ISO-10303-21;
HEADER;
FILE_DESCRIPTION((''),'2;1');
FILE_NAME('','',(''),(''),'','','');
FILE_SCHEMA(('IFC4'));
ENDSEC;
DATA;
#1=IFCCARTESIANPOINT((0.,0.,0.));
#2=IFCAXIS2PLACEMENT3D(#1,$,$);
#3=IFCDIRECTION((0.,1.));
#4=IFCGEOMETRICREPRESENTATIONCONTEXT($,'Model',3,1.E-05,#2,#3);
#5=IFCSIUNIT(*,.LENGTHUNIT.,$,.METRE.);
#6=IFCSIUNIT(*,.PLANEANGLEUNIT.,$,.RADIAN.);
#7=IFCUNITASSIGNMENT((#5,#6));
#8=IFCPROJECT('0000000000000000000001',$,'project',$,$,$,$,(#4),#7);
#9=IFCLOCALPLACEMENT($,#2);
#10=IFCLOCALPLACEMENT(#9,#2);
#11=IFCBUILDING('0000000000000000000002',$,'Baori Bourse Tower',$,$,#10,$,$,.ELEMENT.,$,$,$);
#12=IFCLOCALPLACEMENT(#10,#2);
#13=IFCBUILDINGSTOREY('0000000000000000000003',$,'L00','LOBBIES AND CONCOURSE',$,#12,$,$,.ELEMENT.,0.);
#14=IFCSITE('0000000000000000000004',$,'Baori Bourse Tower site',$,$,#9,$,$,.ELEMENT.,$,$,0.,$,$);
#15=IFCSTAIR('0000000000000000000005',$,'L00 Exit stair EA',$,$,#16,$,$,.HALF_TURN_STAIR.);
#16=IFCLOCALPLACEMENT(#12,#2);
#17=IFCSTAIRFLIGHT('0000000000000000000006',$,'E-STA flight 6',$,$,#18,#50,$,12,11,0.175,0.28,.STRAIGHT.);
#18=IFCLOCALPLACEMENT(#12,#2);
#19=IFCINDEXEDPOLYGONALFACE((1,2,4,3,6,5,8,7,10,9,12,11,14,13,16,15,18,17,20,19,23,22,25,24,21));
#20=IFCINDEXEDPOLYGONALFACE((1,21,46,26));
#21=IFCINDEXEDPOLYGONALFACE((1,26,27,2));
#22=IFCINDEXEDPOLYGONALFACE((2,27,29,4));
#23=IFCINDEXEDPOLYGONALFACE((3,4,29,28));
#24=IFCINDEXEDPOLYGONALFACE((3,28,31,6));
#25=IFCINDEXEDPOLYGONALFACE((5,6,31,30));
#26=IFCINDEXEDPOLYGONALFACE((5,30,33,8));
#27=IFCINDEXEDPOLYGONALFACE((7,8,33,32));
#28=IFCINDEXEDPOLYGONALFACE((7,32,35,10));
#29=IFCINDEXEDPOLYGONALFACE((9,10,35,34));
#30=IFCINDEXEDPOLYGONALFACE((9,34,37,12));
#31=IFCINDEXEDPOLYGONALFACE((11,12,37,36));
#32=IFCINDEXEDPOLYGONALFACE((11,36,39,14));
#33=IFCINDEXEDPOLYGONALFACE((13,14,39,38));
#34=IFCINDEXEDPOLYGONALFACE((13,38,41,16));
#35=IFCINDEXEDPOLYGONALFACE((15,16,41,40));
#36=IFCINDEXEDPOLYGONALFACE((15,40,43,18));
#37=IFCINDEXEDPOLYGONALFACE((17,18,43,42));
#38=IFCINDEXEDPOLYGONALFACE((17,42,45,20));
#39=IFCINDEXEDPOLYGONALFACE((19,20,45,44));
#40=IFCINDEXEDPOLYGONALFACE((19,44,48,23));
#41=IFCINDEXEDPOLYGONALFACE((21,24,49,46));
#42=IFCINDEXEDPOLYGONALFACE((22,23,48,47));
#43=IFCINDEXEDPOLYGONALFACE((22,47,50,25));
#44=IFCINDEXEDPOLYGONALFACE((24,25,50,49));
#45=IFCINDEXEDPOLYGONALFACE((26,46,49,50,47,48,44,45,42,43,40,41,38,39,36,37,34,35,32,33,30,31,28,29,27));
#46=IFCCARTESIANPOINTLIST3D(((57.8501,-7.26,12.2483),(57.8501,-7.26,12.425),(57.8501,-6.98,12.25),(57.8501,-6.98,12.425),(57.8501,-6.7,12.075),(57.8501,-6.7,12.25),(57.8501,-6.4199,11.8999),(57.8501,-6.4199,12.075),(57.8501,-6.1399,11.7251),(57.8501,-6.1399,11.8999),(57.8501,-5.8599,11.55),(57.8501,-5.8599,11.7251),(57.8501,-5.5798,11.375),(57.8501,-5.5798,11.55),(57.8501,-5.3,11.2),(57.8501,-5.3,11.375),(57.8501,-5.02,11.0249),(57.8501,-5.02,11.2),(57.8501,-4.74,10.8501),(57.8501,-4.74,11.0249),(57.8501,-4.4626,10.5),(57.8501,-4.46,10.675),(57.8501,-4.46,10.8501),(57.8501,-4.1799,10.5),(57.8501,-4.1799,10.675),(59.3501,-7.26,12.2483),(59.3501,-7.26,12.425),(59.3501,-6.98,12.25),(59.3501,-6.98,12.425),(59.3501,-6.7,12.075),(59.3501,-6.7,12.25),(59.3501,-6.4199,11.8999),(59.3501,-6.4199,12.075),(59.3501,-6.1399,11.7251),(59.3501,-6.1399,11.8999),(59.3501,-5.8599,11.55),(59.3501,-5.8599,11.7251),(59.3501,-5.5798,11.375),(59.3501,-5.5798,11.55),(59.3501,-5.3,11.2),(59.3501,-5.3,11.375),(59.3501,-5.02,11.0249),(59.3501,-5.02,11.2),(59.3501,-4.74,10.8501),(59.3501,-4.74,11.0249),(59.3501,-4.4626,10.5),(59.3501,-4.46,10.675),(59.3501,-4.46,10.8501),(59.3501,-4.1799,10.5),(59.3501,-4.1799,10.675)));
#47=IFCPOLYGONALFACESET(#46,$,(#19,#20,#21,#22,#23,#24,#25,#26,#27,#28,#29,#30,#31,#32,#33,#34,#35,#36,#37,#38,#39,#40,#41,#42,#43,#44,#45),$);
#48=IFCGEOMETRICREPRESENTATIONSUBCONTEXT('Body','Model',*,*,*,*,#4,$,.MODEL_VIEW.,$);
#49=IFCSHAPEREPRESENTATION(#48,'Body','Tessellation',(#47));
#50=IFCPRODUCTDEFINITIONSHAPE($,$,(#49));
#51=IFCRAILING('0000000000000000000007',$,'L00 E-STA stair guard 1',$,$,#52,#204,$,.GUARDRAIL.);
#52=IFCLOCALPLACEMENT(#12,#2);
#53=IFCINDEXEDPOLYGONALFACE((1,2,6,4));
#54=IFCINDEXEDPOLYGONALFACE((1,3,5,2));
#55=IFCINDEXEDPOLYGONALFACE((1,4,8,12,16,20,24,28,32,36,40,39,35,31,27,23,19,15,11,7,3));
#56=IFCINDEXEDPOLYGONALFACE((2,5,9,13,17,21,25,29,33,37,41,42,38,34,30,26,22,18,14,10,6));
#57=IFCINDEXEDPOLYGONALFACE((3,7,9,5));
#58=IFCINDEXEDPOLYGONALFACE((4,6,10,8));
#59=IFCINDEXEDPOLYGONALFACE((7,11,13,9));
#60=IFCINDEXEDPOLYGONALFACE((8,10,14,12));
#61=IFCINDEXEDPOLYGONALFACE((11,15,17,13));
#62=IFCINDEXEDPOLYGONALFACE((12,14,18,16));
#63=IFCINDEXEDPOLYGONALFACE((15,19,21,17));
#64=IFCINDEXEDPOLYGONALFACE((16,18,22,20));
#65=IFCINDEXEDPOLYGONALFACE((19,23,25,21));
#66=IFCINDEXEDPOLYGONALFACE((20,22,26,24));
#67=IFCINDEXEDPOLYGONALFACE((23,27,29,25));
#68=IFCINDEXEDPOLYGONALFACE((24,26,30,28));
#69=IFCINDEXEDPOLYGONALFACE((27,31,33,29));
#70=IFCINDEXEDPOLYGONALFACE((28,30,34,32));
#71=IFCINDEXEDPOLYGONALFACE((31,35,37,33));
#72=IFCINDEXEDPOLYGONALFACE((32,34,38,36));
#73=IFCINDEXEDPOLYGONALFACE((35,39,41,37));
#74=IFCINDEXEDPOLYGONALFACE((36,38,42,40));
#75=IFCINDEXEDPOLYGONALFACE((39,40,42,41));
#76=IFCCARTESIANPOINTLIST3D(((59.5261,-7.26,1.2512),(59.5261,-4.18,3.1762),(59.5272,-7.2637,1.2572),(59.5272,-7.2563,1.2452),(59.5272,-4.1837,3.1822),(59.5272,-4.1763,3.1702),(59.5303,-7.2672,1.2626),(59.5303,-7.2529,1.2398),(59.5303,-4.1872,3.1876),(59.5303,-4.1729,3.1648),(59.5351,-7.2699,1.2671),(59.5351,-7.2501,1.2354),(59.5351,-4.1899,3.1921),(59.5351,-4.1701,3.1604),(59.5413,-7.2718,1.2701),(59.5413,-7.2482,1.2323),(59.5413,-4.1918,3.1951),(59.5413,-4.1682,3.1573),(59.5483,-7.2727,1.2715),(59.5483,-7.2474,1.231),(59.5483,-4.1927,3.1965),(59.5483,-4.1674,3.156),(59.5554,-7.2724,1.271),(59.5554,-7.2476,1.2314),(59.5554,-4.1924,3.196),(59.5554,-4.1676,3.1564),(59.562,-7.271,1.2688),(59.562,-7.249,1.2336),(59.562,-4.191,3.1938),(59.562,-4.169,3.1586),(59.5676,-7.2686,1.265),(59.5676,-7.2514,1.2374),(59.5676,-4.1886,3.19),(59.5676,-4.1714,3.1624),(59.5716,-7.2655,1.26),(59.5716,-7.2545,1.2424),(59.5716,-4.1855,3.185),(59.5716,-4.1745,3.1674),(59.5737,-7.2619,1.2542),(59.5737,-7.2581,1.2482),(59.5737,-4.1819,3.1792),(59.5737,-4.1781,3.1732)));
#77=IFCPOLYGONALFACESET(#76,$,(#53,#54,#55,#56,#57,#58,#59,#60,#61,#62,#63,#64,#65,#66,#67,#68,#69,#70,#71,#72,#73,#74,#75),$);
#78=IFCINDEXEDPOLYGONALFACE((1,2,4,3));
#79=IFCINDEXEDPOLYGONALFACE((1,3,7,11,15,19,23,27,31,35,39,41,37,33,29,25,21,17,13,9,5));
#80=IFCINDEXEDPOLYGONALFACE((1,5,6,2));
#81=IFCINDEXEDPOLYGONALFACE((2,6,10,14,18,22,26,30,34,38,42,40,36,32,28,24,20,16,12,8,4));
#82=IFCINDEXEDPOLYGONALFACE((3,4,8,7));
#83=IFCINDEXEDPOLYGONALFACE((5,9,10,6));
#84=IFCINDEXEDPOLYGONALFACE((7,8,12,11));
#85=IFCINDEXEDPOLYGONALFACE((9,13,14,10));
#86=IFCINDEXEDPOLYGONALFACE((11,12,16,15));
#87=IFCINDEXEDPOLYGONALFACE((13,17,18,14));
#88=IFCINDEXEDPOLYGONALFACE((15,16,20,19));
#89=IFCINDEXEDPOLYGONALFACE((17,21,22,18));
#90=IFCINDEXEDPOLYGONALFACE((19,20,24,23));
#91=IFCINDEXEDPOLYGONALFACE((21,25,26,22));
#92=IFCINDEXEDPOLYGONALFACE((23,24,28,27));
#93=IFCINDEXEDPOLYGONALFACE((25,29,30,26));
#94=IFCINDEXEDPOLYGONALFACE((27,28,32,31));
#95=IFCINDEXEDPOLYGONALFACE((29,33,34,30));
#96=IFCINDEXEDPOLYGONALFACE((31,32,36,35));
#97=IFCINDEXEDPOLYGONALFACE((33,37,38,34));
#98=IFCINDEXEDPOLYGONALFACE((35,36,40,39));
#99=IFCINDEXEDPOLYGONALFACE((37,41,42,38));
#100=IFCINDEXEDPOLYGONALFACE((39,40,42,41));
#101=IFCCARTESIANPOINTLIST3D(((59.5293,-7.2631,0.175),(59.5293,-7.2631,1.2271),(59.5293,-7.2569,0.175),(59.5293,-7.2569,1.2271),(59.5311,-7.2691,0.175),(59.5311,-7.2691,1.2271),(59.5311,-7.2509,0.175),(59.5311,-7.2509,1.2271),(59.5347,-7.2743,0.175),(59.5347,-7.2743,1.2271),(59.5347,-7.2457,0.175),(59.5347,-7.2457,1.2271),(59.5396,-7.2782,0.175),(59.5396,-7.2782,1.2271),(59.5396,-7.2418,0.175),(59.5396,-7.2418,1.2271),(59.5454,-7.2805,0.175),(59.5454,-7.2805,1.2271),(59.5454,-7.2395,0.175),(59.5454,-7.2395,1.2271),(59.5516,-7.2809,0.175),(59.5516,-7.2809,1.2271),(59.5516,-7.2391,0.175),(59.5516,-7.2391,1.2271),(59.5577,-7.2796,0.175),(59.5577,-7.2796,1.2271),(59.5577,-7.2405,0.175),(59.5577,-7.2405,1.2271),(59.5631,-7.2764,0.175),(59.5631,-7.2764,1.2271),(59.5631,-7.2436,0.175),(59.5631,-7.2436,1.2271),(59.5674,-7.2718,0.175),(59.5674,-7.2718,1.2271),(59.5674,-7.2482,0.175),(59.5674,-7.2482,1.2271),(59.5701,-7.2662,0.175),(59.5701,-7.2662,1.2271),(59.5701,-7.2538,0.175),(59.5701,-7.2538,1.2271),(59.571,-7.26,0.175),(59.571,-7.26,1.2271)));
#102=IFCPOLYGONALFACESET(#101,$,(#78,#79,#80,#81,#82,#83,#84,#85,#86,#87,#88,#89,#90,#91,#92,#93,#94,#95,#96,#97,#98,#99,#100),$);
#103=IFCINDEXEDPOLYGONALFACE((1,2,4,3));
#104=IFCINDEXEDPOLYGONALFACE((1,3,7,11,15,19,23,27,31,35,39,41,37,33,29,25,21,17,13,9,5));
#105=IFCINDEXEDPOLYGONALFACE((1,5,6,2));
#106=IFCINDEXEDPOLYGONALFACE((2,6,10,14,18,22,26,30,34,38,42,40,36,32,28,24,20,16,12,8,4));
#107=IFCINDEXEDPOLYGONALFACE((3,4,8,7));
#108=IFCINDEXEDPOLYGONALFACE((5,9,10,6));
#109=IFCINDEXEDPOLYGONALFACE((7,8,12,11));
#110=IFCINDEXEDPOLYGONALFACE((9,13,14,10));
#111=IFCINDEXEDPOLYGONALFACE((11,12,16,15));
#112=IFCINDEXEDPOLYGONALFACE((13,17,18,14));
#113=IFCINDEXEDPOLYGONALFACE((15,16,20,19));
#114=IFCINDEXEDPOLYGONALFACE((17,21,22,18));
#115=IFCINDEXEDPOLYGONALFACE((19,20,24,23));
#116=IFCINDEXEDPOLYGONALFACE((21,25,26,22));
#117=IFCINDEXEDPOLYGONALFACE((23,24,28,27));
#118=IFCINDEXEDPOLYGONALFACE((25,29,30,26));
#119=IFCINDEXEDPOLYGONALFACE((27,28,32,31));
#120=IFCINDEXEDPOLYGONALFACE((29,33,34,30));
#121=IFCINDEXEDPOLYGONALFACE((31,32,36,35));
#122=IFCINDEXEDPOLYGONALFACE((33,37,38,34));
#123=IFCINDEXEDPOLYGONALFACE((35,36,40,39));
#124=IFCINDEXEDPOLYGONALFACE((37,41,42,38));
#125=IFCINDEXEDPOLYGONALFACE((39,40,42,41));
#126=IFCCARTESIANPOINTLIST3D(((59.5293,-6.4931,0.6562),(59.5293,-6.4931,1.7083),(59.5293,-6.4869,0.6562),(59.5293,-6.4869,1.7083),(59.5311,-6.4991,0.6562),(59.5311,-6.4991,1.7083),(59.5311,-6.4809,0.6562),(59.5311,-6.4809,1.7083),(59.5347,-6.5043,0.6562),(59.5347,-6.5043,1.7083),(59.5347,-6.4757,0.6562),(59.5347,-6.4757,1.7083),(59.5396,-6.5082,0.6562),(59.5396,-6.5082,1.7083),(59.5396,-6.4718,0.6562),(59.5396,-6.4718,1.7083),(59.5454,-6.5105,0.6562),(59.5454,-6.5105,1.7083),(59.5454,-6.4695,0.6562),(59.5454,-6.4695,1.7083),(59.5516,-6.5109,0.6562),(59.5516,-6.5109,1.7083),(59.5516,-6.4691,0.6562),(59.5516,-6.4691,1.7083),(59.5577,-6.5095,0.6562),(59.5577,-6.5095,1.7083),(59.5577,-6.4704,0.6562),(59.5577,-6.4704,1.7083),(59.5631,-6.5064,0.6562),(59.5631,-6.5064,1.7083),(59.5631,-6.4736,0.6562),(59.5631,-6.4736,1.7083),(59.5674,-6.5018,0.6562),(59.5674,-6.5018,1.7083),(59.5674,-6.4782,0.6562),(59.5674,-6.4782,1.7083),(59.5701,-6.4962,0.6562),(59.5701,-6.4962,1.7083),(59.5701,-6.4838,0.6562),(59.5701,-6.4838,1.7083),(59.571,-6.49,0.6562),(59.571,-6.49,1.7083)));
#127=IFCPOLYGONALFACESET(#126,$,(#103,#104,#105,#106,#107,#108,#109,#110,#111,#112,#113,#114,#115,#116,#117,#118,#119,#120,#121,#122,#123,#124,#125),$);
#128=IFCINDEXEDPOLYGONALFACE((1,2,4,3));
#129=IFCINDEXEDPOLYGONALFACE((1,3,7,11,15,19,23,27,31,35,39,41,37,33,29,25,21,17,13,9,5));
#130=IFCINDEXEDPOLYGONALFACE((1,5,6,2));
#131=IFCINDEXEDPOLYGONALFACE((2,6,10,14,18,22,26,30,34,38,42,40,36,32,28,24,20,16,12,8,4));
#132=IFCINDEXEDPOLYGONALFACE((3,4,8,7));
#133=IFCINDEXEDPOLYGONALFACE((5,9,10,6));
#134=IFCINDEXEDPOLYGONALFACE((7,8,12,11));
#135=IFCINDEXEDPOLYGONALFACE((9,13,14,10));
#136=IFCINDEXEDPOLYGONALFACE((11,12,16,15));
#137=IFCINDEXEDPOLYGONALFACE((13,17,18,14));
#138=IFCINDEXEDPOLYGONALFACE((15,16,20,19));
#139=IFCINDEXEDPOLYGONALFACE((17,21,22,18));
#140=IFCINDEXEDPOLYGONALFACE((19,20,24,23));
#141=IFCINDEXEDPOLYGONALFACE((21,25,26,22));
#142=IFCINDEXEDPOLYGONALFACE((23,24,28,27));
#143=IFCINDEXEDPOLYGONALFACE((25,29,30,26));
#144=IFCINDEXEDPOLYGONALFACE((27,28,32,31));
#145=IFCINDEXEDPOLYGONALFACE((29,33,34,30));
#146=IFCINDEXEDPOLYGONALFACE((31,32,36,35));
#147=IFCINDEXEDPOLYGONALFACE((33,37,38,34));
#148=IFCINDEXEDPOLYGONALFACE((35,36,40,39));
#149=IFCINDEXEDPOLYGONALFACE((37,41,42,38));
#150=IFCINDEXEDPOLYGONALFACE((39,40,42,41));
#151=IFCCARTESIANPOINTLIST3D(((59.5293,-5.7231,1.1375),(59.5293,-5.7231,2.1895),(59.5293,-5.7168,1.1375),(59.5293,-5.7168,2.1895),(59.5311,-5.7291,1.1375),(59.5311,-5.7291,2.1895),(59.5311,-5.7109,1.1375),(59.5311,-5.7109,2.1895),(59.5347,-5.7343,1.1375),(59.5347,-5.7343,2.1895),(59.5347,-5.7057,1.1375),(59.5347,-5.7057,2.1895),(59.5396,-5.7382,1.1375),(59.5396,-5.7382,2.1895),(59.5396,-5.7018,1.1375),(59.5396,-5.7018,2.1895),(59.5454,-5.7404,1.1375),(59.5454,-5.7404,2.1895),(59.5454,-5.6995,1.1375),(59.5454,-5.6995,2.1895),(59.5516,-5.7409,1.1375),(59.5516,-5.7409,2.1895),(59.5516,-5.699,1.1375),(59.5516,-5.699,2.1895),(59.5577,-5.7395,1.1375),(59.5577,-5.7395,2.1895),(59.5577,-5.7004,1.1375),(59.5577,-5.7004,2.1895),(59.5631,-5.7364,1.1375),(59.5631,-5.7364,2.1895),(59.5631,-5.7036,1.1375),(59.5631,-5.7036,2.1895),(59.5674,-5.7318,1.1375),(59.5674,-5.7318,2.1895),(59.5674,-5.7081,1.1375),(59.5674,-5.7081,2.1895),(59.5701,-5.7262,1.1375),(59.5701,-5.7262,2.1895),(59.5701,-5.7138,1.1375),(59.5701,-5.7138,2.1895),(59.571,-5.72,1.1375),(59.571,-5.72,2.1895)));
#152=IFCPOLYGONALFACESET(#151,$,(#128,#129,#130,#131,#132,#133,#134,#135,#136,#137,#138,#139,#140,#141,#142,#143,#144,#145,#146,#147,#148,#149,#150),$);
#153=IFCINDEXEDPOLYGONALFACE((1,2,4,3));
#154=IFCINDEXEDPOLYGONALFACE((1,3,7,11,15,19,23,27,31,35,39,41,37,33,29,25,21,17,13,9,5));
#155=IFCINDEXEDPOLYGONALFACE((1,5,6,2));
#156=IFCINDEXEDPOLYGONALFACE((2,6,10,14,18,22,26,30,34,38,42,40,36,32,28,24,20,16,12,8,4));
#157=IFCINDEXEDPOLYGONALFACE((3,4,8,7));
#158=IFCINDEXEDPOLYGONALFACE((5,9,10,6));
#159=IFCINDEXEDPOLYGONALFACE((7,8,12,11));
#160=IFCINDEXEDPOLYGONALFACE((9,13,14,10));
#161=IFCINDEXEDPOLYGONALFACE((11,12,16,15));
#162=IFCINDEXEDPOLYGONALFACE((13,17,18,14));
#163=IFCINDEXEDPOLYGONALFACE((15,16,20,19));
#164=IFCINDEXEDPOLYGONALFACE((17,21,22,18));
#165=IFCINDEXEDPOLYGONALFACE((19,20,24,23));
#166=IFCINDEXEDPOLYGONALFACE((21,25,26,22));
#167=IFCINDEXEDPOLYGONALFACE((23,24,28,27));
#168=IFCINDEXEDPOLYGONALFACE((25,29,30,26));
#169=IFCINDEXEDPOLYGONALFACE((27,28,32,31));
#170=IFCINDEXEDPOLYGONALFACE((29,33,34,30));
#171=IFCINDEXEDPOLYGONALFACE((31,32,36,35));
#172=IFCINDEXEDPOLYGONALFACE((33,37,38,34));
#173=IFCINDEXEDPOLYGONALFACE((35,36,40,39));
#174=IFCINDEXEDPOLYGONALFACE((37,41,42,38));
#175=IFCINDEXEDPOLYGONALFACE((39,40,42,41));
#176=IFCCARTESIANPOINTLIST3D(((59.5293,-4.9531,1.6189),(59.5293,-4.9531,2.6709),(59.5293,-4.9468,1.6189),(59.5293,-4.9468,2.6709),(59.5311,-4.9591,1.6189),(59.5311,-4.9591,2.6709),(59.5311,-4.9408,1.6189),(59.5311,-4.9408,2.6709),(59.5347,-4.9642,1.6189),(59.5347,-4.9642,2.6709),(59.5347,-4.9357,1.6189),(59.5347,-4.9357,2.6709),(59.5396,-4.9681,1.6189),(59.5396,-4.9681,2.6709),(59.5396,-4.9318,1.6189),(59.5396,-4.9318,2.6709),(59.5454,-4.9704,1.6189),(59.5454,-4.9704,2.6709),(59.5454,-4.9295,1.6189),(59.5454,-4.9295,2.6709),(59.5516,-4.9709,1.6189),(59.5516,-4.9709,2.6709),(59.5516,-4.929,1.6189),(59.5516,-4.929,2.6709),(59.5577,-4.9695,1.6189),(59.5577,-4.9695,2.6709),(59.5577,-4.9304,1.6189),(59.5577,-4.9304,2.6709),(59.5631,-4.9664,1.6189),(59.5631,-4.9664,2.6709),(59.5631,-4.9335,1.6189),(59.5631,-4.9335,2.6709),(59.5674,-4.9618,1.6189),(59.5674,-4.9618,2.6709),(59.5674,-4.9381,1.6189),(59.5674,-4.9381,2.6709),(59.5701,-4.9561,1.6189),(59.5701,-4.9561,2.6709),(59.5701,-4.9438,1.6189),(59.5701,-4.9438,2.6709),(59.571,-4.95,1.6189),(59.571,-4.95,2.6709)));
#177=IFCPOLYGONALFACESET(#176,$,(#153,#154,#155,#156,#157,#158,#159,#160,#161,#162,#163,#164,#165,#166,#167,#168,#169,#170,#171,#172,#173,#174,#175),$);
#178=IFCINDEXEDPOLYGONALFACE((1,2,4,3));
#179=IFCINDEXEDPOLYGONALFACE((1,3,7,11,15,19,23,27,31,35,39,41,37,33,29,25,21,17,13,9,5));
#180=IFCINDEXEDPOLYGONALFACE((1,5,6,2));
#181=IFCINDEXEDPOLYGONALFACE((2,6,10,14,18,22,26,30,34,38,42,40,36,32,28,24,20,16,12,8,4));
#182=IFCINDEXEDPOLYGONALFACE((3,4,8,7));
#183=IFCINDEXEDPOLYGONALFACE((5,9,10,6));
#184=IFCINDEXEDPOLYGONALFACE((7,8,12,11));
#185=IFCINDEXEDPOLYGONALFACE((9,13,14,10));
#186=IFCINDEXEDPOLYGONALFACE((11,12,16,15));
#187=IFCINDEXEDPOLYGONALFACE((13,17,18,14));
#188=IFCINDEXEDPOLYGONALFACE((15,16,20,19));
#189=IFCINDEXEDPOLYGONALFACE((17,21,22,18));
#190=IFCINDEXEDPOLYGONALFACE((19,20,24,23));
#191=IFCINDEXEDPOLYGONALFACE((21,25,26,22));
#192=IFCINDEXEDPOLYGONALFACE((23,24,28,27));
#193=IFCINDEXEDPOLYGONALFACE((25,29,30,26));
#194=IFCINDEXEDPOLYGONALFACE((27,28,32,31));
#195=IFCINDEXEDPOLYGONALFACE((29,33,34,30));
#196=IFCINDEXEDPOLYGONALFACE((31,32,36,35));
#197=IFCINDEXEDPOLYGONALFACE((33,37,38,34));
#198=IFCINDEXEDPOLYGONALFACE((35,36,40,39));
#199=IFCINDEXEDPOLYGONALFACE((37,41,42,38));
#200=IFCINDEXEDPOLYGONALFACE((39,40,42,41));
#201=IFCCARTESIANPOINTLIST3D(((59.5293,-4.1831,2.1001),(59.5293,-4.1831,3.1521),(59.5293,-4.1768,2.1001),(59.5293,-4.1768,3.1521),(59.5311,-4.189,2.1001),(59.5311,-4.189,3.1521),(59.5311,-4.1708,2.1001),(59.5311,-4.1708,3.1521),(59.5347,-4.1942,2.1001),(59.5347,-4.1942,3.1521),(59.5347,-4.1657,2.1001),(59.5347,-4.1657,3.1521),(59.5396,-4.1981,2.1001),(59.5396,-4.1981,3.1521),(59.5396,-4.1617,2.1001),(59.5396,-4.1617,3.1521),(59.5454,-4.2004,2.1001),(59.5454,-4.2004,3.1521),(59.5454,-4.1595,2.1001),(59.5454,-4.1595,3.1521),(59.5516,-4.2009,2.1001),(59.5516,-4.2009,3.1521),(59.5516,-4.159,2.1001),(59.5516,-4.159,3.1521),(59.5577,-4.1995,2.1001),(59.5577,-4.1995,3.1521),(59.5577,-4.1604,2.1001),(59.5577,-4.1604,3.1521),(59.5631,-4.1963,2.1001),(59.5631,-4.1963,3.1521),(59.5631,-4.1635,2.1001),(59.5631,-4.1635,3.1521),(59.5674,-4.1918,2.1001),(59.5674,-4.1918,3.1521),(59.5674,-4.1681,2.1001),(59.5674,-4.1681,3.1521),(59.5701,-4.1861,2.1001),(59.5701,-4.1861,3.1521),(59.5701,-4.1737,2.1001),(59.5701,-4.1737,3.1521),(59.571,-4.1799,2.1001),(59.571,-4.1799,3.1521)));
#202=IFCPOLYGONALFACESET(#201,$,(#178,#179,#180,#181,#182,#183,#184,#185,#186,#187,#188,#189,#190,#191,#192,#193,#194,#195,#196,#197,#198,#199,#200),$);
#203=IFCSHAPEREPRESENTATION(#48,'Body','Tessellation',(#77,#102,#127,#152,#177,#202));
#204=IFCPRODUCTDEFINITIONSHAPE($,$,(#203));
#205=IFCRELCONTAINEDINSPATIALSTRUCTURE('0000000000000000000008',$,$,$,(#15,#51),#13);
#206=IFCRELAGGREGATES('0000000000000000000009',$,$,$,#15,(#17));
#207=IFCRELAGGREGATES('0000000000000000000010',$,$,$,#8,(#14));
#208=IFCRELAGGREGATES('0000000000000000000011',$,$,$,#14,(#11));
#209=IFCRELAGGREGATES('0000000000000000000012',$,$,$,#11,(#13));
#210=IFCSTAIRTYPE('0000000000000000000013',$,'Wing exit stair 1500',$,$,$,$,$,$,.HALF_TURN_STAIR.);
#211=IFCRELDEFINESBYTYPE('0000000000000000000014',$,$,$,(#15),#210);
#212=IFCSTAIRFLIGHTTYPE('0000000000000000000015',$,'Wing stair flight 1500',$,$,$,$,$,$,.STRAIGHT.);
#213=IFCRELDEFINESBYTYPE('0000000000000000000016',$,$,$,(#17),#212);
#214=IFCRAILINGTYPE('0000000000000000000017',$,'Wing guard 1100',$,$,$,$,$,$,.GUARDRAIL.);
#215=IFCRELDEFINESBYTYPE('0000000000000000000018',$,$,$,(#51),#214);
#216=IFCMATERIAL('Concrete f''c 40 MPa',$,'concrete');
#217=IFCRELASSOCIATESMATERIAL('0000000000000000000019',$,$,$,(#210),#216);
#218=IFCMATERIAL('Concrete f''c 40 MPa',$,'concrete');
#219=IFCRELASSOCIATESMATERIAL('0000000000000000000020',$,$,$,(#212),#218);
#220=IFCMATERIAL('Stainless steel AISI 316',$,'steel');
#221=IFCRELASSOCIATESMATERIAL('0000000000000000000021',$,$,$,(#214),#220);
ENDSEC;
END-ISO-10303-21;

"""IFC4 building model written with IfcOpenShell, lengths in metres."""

from ifc_helpers import new_model, si_unit, direction, frame, origin, origin_2d, place, context, subcontext, project, spatial, polyline, circle, outline, extrude, material, type_object, element, aggregate, save


model = new_model("IFC4")

# Units and contexts
model_context = context("Model", 3, precision=1e-05, world=origin(), true_north=direction((0.0, 1.0)))
body_context = subcontext(model_context, "Body", "Model", "MODEL_VIEW")
ifc_project = project(units=[si_unit("LENGTHUNIT", "METRE"), si_unit("PLANEANGLEUNIT", "RADIAN")], contexts=[model_context])

# Site, building, storey
site_placement = place(None, origin())
site = spatial("IfcSite", under=ifc_project, at=site_placement, Name="Baori Bourse Tower site", CompositionType="ELEMENT", RefElevation=0.0)
building_placement = place(site_placement, origin())
building = spatial("IfcBuilding", under=site, at=building_placement, Name="Baori Bourse Tower", CompositionType="ELEMENT")
storey_placement = place(building_placement, origin())
storey = spatial("IfcBuildingStorey", under=building, at=storey_placement, Name="L00", Description="LOBBIES AND CONCOURSE", CompositionType="ELEMENT", Elevation=0.0)

# Stair, stair flight
ifc_material_1 = material(Name="Concrete f'c 40 MPa", Category="concrete")
stair_type = type_object("IfcStairType", Name="Wing exit stair 1500", PredefinedType="HALF_TURN_STAIR", material=ifc_material_1)
stair_placement = place(storey_placement, origin())
stair = element("IfcStair", 1, at=stair_placement, inside=storey, type_object=stair_type, Name="L00 Exit stair EA", PredefinedType="HALF_TURN_STAIR")
ifc_material_2 = material(Name="Concrete f'c 40 MPa", Category="concrete")
stair_flight_type = type_object("IfcStairFlightType", Name="Wing stair flight 1500", PredefinedType="STRAIGHT", material=ifc_material_2)
stair_flight_1_placement = place(storey_placement, frame((58.6001, -4.1799, 10.5), z_axis=(0.0, 0.0, 1.0), x_axis=(0.0, -1.0, 0.0)))
stair_flight_1 = element("IfcStairFlight", 2, at=stair_flight_1_placement, type_object=stair_flight_type, Name="E-STA flight 6", NumberOfRisers=12, NumberOfTreads=11, PredefinedType="STRAIGHT", RiserHeight=0.175, TreadLength=0.28, context=body_context, shape_type="SweptSolid", body=[
    extrude(outline(polyline([(0.0, 0.0), (0.0, 0.175), (0.28, 0.175), (0.28, 0.3501), (0.5601, 0.3501), (0.5601, 0.5249), (0.8401, 0.5249), (0.8401, 0.7), (1.1201, 0.7), (1.1201, 0.875), (1.3999, 0.875), (1.3999, 1.05), (1.6799, 1.05), (1.6799, 1.2251), (1.96, 1.2251), (1.96, 1.3999), (2.24, 1.3999), (2.24, 1.575), (2.52, 1.575), (2.52, 1.75), (2.8, 1.75), (2.8, 1.925), (3.0801, 1.925), (3.0801, 2.1001), (3.0801, 1.7483), (0.2827, 0.0), (0.0, 0.0)])), frame((0.0, 0.75, 0.0), z_axis=(0.0, -1.0, 0.0), x_axis=(1.0, 0.0, 0.0)), (0.0, 0.0, 1.0), 1.5),
])
aggregate(stair, [stair_flight_1])

# Railing
ifc_material_3 = material(Name="Stainless steel AISI 316", Category="steel")
railing_type_1 = type_object("IfcRailingType", Name="Wing guard 1100", PredefinedType="GUARDRAIL", material=ifc_material_3)
railing_1_placement = place(storey_placement, frame((59.55, -7.26, 0.175)))
element("IfcRailing", 3, at=railing_1_placement, inside=storey, type_object=railing_type_1, Name="L00 E-STA stair guard 1", PredefinedType="GUARDRAIL", context=body_context, shape_type="SweptSolid", body=[
    extrude(circle(Radius=0.0239, at=origin_2d()), frame((0.0, 0.0, 1.0762), z_axis=(0.0, 0.847998, 0.529999), x_axis=(-1.0, 0.0, 0.0)), (0.0, 0.0, 1.0), 3.6321),
    extrude(circle(Radius=0.021, at=origin_2d()), origin(), (0.0, 0.0, 1.0), 1.052),
    extrude(circle(Radius=0.021, at=origin_2d()), frame((0.0, 0.77, 0.4812)), (0.0, 0.0, 1.0), 1.052),
    extrude(circle(Radius=0.021, at=origin_2d()), frame((0.0, 1.54, 0.9624)), (0.0, 0.0, 1.0), 1.052),
    extrude(circle(Radius=0.021, at=origin_2d()), frame((0.0, 2.3101, 1.4438)), (0.0, 0.0, 1.0), 1.052),
    extrude(circle(Radius=0.021, at=origin_2d()), frame((0.0, 3.0801, 1.925)), (0.0, 0.0, 1.0), 1.052),
])

save(model, "model.ifc")
